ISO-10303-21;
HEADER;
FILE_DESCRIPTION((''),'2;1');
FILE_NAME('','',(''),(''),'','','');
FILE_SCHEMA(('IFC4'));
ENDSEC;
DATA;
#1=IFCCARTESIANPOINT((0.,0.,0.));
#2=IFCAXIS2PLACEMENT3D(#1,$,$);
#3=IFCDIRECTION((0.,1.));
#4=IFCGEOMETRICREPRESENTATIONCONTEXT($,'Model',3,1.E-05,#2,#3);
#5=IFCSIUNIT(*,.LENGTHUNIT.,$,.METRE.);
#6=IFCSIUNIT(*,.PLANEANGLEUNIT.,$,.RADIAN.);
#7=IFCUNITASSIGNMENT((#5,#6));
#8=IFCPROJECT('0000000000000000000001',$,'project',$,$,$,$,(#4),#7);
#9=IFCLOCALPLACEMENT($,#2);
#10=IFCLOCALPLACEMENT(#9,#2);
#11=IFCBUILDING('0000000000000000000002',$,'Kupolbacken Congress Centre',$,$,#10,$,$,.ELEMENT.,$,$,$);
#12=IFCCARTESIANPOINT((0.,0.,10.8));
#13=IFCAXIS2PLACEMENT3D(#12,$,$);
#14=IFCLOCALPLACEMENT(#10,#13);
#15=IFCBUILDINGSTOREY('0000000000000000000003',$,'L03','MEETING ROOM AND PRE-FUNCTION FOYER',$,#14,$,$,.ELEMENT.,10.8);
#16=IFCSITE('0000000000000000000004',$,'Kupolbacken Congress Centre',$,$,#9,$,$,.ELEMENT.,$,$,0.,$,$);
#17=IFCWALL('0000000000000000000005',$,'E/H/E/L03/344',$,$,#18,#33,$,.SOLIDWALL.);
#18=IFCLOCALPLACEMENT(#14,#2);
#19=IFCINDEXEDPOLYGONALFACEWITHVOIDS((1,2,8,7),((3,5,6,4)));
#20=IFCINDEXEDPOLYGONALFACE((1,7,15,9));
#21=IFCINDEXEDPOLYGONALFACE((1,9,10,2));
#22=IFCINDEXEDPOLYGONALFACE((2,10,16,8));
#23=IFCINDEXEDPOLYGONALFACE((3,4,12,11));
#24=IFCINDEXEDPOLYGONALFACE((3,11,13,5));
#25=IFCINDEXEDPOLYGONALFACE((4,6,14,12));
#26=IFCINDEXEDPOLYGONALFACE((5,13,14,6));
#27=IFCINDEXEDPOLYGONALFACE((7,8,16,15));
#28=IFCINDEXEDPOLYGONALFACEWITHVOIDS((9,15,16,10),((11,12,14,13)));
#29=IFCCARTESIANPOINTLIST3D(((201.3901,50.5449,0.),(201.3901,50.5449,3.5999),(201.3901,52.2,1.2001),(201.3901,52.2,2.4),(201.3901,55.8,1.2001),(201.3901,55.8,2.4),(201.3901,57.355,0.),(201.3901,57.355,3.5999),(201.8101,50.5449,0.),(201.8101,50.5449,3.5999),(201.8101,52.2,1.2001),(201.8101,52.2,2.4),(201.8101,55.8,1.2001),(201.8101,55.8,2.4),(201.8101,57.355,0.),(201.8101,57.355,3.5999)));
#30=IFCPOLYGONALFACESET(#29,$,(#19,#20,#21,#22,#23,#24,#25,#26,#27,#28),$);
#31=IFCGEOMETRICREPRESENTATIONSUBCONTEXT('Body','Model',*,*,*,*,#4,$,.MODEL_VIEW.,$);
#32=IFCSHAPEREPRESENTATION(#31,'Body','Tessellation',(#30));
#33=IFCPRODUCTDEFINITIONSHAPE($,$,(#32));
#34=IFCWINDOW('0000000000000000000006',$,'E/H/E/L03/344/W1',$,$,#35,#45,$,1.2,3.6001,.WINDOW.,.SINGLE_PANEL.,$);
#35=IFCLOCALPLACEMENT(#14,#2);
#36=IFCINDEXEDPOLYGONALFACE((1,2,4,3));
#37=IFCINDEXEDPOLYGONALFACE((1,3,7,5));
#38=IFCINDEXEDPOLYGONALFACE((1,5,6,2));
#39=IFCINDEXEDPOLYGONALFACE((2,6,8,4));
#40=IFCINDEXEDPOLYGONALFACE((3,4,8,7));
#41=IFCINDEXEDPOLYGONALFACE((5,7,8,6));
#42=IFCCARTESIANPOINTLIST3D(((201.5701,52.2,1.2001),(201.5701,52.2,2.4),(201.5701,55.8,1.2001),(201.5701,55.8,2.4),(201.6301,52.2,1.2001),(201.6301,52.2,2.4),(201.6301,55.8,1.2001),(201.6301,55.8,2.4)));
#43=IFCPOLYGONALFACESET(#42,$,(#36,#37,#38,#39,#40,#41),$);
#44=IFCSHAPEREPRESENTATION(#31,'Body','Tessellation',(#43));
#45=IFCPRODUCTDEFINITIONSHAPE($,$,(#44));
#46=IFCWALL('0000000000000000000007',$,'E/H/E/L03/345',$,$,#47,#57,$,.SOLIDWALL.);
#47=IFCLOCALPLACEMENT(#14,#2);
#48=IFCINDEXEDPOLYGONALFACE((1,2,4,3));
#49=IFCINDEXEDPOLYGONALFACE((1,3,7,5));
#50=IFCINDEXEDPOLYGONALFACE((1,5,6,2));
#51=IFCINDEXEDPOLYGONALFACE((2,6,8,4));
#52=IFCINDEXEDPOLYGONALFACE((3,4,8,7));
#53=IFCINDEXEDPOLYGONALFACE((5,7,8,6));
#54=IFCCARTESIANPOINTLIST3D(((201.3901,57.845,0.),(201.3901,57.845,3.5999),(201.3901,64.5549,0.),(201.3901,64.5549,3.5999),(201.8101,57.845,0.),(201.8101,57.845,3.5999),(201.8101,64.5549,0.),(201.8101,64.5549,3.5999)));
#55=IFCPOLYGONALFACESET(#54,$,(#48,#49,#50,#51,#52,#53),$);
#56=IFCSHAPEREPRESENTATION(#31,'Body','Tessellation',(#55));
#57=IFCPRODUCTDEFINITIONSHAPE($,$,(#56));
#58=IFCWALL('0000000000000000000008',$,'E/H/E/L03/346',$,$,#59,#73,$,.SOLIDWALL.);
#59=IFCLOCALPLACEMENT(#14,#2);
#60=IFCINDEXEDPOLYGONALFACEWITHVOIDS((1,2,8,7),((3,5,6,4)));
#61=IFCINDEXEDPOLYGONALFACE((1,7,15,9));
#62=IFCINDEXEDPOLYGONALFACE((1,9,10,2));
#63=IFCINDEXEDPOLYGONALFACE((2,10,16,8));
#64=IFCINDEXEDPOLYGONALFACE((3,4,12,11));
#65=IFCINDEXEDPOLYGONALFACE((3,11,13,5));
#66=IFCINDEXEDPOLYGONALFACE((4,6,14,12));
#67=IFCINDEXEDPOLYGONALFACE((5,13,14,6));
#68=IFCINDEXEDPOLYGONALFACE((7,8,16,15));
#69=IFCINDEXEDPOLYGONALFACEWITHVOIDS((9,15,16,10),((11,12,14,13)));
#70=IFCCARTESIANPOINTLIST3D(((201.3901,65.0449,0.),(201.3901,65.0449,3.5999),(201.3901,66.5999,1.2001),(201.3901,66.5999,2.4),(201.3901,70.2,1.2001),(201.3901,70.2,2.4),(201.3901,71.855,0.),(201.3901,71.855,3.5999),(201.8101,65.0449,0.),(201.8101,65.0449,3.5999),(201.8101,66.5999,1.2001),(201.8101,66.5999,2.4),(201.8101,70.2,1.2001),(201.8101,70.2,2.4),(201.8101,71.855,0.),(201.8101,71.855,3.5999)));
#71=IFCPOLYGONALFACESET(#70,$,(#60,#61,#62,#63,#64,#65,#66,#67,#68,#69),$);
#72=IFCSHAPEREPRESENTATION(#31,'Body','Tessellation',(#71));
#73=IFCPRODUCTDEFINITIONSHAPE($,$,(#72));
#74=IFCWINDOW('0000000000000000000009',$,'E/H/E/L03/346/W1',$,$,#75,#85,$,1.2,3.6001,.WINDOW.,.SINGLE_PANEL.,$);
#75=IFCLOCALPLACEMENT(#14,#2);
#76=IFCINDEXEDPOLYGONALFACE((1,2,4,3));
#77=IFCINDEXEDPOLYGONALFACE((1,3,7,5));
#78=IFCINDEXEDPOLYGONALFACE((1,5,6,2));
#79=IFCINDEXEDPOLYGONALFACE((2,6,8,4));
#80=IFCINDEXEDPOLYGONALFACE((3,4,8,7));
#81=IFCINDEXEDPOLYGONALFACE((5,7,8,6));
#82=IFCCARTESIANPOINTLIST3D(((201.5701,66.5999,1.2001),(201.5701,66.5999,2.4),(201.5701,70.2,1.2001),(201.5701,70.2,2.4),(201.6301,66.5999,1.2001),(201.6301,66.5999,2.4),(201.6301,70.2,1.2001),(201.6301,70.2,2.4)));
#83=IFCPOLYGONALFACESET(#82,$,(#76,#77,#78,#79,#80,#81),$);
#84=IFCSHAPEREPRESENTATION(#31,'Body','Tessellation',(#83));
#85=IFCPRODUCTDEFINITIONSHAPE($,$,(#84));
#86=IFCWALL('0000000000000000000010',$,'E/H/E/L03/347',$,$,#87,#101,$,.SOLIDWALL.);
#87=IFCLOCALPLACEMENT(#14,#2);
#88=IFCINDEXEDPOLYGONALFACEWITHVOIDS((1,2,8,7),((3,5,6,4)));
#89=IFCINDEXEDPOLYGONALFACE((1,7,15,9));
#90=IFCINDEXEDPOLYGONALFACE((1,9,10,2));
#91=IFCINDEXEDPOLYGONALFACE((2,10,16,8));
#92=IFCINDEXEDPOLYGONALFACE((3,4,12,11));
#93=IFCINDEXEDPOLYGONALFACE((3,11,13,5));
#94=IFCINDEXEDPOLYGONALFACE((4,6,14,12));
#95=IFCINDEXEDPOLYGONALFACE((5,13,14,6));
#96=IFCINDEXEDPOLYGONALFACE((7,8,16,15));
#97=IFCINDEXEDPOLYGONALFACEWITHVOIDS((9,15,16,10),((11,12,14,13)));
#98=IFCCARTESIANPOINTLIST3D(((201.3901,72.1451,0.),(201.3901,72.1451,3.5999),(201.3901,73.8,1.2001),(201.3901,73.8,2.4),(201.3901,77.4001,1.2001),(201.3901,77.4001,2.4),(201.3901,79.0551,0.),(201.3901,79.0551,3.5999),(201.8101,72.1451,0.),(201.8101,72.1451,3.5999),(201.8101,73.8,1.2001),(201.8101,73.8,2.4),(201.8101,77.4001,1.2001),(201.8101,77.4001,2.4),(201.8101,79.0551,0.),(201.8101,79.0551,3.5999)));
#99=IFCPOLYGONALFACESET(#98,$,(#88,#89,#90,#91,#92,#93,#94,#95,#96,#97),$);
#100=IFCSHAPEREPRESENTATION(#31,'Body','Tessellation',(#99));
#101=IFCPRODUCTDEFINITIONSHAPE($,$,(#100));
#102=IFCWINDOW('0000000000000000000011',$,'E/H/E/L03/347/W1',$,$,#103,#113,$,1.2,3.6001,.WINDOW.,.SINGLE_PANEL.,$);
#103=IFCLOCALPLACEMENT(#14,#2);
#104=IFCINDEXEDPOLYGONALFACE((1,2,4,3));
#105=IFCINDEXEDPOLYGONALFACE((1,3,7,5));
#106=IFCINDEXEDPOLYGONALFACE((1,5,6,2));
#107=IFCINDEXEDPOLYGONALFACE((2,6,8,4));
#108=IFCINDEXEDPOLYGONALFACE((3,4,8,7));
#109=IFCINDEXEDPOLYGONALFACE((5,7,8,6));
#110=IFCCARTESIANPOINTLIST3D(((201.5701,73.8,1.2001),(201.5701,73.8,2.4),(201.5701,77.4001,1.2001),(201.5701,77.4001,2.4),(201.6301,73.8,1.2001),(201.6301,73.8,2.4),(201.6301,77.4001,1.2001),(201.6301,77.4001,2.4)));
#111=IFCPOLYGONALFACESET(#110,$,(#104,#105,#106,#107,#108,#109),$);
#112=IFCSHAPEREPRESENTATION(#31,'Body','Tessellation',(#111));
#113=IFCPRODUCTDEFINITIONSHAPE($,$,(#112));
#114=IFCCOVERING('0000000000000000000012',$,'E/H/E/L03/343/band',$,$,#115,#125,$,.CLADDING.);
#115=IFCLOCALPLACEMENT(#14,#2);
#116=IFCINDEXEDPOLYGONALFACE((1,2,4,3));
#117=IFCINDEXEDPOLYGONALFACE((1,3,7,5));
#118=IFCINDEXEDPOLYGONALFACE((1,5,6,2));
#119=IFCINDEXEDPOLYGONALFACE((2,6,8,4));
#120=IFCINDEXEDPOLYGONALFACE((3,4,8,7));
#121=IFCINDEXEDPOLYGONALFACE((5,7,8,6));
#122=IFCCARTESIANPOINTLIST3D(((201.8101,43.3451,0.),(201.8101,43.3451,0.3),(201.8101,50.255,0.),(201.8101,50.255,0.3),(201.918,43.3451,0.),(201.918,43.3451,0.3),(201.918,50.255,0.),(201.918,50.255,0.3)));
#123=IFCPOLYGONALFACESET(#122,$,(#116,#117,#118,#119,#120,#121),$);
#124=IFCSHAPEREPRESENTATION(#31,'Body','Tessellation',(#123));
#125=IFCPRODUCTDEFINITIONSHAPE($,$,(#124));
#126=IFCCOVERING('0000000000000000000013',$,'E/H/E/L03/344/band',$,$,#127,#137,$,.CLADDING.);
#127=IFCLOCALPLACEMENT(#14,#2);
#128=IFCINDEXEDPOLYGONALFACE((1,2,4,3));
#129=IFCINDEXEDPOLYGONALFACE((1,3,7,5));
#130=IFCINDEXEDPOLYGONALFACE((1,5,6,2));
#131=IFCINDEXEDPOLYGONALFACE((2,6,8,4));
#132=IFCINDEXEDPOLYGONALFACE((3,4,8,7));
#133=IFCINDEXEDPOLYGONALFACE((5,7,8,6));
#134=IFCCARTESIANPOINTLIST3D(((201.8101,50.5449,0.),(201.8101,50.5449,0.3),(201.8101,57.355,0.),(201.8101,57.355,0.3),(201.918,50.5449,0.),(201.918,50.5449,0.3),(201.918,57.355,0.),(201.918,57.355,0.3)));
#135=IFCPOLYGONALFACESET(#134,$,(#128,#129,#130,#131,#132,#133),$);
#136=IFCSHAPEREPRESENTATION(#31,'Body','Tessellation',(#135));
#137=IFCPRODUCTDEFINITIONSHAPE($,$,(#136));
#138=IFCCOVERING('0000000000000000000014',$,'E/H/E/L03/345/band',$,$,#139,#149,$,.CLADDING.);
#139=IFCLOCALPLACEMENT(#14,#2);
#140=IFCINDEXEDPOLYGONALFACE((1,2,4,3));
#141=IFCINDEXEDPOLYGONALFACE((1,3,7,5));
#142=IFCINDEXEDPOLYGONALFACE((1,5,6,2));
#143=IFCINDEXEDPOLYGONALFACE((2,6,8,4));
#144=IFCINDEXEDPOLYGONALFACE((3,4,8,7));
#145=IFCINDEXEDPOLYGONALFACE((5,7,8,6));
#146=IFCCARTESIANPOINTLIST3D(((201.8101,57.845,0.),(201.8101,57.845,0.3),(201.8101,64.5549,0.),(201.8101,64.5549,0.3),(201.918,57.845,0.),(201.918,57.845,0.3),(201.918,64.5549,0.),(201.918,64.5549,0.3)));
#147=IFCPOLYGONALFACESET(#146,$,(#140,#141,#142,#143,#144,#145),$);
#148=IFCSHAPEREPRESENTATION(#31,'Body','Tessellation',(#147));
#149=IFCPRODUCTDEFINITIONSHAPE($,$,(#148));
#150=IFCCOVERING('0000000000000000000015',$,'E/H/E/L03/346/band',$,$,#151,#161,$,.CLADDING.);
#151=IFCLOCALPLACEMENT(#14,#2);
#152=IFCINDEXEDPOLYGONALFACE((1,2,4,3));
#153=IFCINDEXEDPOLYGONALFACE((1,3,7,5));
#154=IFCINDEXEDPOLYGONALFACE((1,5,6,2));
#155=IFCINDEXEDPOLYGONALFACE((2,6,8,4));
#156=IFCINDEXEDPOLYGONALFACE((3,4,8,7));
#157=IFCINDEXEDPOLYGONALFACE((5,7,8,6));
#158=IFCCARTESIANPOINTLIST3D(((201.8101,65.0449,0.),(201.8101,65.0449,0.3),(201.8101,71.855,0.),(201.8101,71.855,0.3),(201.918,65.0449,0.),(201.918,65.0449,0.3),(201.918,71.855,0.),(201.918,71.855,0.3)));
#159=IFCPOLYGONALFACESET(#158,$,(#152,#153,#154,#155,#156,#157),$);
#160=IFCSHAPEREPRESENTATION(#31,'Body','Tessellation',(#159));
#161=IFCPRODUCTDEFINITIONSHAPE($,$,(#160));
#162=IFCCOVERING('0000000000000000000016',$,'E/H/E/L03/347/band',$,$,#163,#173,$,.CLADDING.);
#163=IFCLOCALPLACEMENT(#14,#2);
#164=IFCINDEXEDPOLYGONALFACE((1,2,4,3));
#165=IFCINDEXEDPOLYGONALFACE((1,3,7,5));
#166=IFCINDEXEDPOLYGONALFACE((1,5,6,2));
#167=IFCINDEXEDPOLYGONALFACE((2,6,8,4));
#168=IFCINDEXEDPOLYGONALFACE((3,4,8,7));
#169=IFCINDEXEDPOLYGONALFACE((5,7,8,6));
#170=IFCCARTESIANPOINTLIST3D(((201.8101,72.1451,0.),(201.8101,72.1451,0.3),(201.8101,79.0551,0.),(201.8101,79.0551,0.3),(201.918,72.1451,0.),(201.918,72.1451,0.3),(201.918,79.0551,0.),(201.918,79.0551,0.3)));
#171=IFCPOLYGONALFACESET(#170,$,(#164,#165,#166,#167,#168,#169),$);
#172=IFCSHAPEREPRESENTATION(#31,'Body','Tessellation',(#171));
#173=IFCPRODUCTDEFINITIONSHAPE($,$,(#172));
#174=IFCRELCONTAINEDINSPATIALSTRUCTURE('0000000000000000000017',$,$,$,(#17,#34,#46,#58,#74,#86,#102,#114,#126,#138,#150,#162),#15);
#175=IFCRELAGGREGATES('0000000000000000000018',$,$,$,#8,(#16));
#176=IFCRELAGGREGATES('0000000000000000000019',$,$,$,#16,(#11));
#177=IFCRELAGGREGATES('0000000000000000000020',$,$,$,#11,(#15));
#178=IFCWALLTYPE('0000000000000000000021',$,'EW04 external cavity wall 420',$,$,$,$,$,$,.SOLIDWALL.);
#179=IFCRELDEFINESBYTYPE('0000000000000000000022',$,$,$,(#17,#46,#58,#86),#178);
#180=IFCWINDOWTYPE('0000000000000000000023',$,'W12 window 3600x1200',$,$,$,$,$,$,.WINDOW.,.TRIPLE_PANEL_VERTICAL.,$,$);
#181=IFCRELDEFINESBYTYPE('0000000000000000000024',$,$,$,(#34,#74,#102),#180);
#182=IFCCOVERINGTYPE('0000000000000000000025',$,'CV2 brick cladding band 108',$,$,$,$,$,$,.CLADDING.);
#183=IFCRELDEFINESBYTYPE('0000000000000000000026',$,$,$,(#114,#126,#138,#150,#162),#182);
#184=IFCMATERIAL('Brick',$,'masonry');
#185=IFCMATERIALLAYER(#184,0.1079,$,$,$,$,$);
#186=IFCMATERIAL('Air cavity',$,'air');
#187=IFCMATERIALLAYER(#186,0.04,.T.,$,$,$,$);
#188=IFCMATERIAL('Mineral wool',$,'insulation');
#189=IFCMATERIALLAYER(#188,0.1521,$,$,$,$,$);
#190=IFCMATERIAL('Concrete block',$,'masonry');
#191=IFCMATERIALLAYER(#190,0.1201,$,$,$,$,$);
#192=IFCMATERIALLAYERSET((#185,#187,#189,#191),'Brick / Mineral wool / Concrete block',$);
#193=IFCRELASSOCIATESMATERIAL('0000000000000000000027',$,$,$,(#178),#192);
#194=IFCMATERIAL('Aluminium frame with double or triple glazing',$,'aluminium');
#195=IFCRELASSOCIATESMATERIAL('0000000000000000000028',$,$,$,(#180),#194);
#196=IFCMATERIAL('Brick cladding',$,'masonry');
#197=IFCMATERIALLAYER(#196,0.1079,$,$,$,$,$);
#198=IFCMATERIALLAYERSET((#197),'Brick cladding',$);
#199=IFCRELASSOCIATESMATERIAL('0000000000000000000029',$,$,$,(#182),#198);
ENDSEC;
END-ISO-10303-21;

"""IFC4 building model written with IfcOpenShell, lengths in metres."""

from ifc_helpers import new_model, si_unit, direction, frame, frame_2d, origin, origin_2d, place, context, subcontext, project, spatial, rectangle, extrude, material, layer, layer_set, type_object, element, fill, save


model = new_model("IFC4")

# Units and contexts
model_context = context("Model", 3, precision=1e-05, world=origin(), true_north=direction((0.0, 1.0)))
body_context = subcontext(model_context, "Body", "Model", "MODEL_VIEW")
ifc_project = project(units=[si_unit("LENGTHUNIT", "METRE"), si_unit("PLANEANGLEUNIT", "RADIAN")], contexts=[model_context])

# Site, building, storey
site_placement = place(None, origin())
site = spatial("IfcSite", under=ifc_project, at=site_placement, Name="Kupolbacken Congress Centre", CompositionType="ELEMENT", RefElevation=0.0)
building_placement = place(site_placement, origin())
building = spatial("IfcBuilding", under=site, at=building_placement, Name="Kupolbacken Congress Centre", CompositionType="ELEMENT")
storey_placement = place(building_placement, frame((0.0, 0.0, 10.8)))
storey = spatial("IfcBuildingStorey", under=building, at=storey_placement, Name="L03", Description="MEETING ROOM AND PRE-FUNCTION FOYER", CompositionType="ELEMENT", Elevation=10.8)

# Wall, opening, window
ifc_material_1 = material(Name="Brick", Category="masonry")
ifc_layer_1 = layer(ifc_material_1, 0.1079)
ifc_material_2 = material(Name="Air cavity", Category="air")
ifc_layer_2 = layer(ifc_material_2, 0.04, ventilated=True)
ifc_material_3 = material(Name="Mineral wool", Category="insulation")
ifc_layer_3 = layer(ifc_material_3, 0.1521)
ifc_material_4 = material(Name="Concrete block", Category="masonry")
ifc_layer_4 = layer(ifc_material_4, 0.1201)
ifc_layer_set_1 = layer_set([ifc_layer_1, ifc_layer_2, ifc_layer_3, ifc_layer_4], Name="Brick / Mineral wool / Concrete block")
wall_type = type_object("IfcWallType", Name="EW04 external cavity wall 420", PredefinedType="SOLIDWALL", material=ifc_layer_set_1)
ifc_material_5 = material(Name="Aluminium frame with double or triple glazing", Category="aluminium")
window_type = type_object("IfcWindowType", Name="W12 window 3600x1200", PartitioningType="TRIPLE_PANEL_VERTICAL", PredefinedType="WINDOW", material=ifc_material_5)
wall_1_placement = place(storey_placement, frame((201.6001, 50.5449, 0.0), z_axis=(0.0, 0.0, 1.0), x_axis=(0.0, 1.0, 0.0)))
wall_1 = element("IfcWall", 1, at=wall_1_placement, inside=storey, type_object=wall_type, Name="E/H/E/L03/344", PredefinedType="SOLIDWALL", context=body_context, shape_type="SweptSolid", body=[
    extrude(rectangle(XDim=6.8101, YDim=0.4199, at=frame_2d((3.405, 0.0))), origin(), (0.0, 0.0, 1.0), 3.5999),
])
opening_1_placement = place(wall_1_placement, frame((1.655, 0.0, 1.2)))
opening_1 = element("IfcOpeningElement", 2, at=opening_1_placement, cuts=wall_1, PredefinedType="OPENING", context=body_context, shape_type="SweptSolid", body=[
    extrude(rectangle(XDim=3.6001, YDim=1.2, at=frame_2d((1.8, 0.6001))), frame((0.0, 0.22, 0.0), z_axis=(0.0, -1.0, 0.0), x_axis=(1.0, 0.0, 0.0)), (0.0, 0.0, 1.0), 0.4399),
])
window_1_placement = place(opening_1_placement, origin())
window_1 = element("IfcWindow", 3, at=window_1_placement, inside=storey, type_object=window_type, Name="E/H/E/L03/344/W1", OverallHeight=1.2, OverallWidth=3.6001, PartitioningType="SINGLE_PANEL", PredefinedType="WINDOW", context=body_context, shape_type="SweptSolid", body=[
    extrude(rectangle(XDim=3.6001, YDim=1.2, at=frame_2d((1.8, 0.6001))), frame((0.0, 0.03, 0.0), z_axis=(0.0, -1.0, 0.0), x_axis=(1.0, 0.0, 0.0)), (0.0, 0.0, 1.0), 0.0601),
])
fill(opening_1, window_1)

# Wall
wall_2_placement = place(storey_placement, frame((201.6001, 57.845, 0.0), z_axis=(0.0, 0.0, 1.0), x_axis=(0.0, 1.0, 0.0)))
element("IfcWall", 4, at=wall_2_placement, inside=storey, type_object=wall_type, Name="E/H/E/L03/345", PredefinedType="SOLIDWALL", context=body_context, shape_type="SweptSolid", body=[
    extrude(rectangle(XDim=6.71, YDim=0.4199, at=frame_2d((3.355, 0.0))), origin(), (0.0, 0.0, 1.0), 3.5999),
])

# Walls, openings, windows
wall_3_placement = place(storey_placement, frame((201.6001, 65.0449, 0.0), z_axis=(0.0, 0.0, 1.0), x_axis=(0.0, 1.0, 0.0)))
wall_3 = element("IfcWall", 5, at=wall_3_placement, inside=storey, type_object=wall_type, Name="E/H/E/L03/346", PredefinedType="SOLIDWALL", context=body_context, shape_type="SweptSolid", body=[
    extrude(rectangle(XDim=6.8101, YDim=0.4199, at=frame_2d((3.405, 0.0))), origin(), (0.0, 0.0, 1.0), 3.5999),
])
opening_2_placement = place(wall_3_placement, frame((1.5549, 0.0, 1.2)))
opening_2 = element("IfcOpeningElement", 6, at=opening_2_placement, cuts=wall_3, PredefinedType="OPENING", context=body_context, shape_type="SweptSolid", body=[
    extrude(rectangle(XDim=3.6001, YDim=1.2, at=frame_2d((1.8, 0.6001))), frame((0.0, 0.22, 0.0), z_axis=(0.0, -1.0, 0.0), x_axis=(1.0, 0.0, 0.0)), (0.0, 0.0, 1.0), 0.4399),
])
window_2_placement = place(opening_2_placement, origin())
window_2 = element("IfcWindow", 7, at=window_2_placement, inside=storey, type_object=window_type, Name="E/H/E/L03/346/W1", OverallHeight=1.2, OverallWidth=3.6001, PartitioningType="SINGLE_PANEL", PredefinedType="WINDOW", context=body_context, shape_type="SweptSolid", body=[
    extrude(rectangle(XDim=3.6001, YDim=1.2, at=frame_2d((1.8, 0.6001))), frame((0.0, 0.03, 0.0), z_axis=(0.0, -1.0, 0.0), x_axis=(1.0, 0.0, 0.0)), (0.0, 0.0, 1.0), 0.0601),
])
fill(opening_2, window_2)
wall_4_placement = place(storey_placement, frame((201.6001, 72.145, 0.0), z_axis=(0.0, 0.0, 1.0), x_axis=(0.0, 1.0, 0.0)))
wall_4 = element("IfcWall", 8, at=wall_4_placement, inside=storey, type_object=wall_type, Name="E/H/E/L03/347", PredefinedType="SOLIDWALL", context=body_context, shape_type="SweptSolid", body=[
    extrude(rectangle(XDim=6.9099, YDim=0.4199, at=frame_2d((3.4551, 0.0))), origin(), (0.0, 0.0, 1.0), 3.5999),
])
opening_3_placement = place(wall_4_placement, frame((1.655, 0.0, 1.2)))
opening_3 = element("IfcOpeningElement", 9, at=opening_3_placement, cuts=wall_4, PredefinedType="OPENING", context=body_context, shape_type="SweptSolid", body=[
    extrude(rectangle(XDim=3.6001, YDim=1.2, at=frame_2d((1.8, 0.6001))), frame((0.0, 0.22, 0.0), z_axis=(0.0, -1.0, 0.0), x_axis=(1.0, 0.0, 0.0)), (0.0, 0.0, 1.0), 0.4399),
])
window_3_placement = place(opening_3_placement, origin())
window_3 = element("IfcWindow", 10, at=window_3_placement, inside=storey, type_object=window_type, Name="E/H/E/L03/347/W1", OverallHeight=1.2, OverallWidth=3.6001, PartitioningType="SINGLE_PANEL", PredefinedType="WINDOW", context=body_context, shape_type="SweptSolid", body=[
    extrude(rectangle(XDim=3.6001, YDim=1.2, at=frame_2d((1.8, 0.6001))), frame((0.0, 0.03, 0.0), z_axis=(0.0, -1.0, 0.0), x_axis=(1.0, 0.0, 0.0)), (0.0, 0.0, 1.0), 0.0601),
])
fill(opening_3, window_3)

# Coverings
ifc_material_6 = material(Name="Brick cladding", Category="masonry")
ifc_layer_5 = layer(ifc_material_6, 0.1079)
ifc_layer_set_2 = layer_set([ifc_layer_5], Name="Brick cladding")
covering_type_1 = type_object("IfcCoveringType", Name="CV2 brick cladding band 108", PredefinedType="CLADDING", material=ifc_layer_set_2)
covering_1_placement = place(storey_placement, frame((201.864, 46.8, 0.0), z_axis=(0.0, 0.0, 1.0), x_axis=(0.0, 1.0, 0.0)))
element("IfcCovering", 11, at=covering_1_placement, inside=storey, type_object=covering_type_1, Name="E/H/E/L03/343/band", PredefinedType="CLADDING", context=body_context, shape_type="SweptSolid", body=[
    extrude(rectangle(XDim=6.9099, YDim=0.1079, at=origin_2d()), origin(), (0.0, 0.0, 1.0), 0.3),
])
covering_2_placement = place(storey_placement, frame((201.864, 53.95, 0.0), z_axis=(0.0, 0.0, 1.0), x_axis=(0.0, 1.0, 0.0)))
element("IfcCovering", 12, at=covering_2_placement, inside=storey, type_object=covering_type_1, Name="E/H/E/L03/344/band", PredefinedType="CLADDING", context=body_context, shape_type="SweptSolid", body=[
    extrude(rectangle(XDim=6.8101, YDim=0.1079, at=origin_2d()), origin(), (0.0, 0.0, 1.0), 0.3),
])
covering_3_placement = place(storey_placement, frame((201.864, 61.2, 0.0), z_axis=(0.0, 0.0, 1.0), x_axis=(0.0, 1.0, 0.0)))
element("IfcCovering", 13, at=covering_3_placement, inside=storey, type_object=covering_type_1, Name="E/H/E/L03/345/band", PredefinedType="CLADDING", context=body_context, shape_type="SweptSolid", body=[
    extrude(rectangle(XDim=6.71, YDim=0.1079, at=origin_2d()), origin(), (0.0, 0.0, 1.0), 0.3),
])
covering_4_placement = place(storey_placement, frame((201.864, 68.45, 0.0), z_axis=(0.0, 0.0, 1.0), x_axis=(0.0, 1.0, 0.0)))
element("IfcCovering", 14, at=covering_4_placement, inside=storey, type_object=covering_type_1, Name="E/H/E/L03/346/band", PredefinedType="CLADDING", context=body_context, shape_type="SweptSolid", body=[
    extrude(rectangle(XDim=6.8101, YDim=0.1079, at=origin_2d()), origin(), (0.0, 0.0, 1.0), 0.3),
])
covering_5_placement = place(storey_placement, frame((201.864, 75.6001, 0.0), z_axis=(0.0, 0.0, 1.0), x_axis=(0.0, 1.0, 0.0)))
element("IfcCovering", 15, at=covering_5_placement, inside=storey, type_object=covering_type_1, Name="E/H/E/L03/347/band", PredefinedType="CLADDING", context=body_context, shape_type="SweptSolid", body=[
    extrude(rectangle(XDim=6.9099, YDim=0.1079, at=origin_2d()), origin(), (0.0, 0.0, 1.0), 0.3),
])

save(model, "model.ifc")
